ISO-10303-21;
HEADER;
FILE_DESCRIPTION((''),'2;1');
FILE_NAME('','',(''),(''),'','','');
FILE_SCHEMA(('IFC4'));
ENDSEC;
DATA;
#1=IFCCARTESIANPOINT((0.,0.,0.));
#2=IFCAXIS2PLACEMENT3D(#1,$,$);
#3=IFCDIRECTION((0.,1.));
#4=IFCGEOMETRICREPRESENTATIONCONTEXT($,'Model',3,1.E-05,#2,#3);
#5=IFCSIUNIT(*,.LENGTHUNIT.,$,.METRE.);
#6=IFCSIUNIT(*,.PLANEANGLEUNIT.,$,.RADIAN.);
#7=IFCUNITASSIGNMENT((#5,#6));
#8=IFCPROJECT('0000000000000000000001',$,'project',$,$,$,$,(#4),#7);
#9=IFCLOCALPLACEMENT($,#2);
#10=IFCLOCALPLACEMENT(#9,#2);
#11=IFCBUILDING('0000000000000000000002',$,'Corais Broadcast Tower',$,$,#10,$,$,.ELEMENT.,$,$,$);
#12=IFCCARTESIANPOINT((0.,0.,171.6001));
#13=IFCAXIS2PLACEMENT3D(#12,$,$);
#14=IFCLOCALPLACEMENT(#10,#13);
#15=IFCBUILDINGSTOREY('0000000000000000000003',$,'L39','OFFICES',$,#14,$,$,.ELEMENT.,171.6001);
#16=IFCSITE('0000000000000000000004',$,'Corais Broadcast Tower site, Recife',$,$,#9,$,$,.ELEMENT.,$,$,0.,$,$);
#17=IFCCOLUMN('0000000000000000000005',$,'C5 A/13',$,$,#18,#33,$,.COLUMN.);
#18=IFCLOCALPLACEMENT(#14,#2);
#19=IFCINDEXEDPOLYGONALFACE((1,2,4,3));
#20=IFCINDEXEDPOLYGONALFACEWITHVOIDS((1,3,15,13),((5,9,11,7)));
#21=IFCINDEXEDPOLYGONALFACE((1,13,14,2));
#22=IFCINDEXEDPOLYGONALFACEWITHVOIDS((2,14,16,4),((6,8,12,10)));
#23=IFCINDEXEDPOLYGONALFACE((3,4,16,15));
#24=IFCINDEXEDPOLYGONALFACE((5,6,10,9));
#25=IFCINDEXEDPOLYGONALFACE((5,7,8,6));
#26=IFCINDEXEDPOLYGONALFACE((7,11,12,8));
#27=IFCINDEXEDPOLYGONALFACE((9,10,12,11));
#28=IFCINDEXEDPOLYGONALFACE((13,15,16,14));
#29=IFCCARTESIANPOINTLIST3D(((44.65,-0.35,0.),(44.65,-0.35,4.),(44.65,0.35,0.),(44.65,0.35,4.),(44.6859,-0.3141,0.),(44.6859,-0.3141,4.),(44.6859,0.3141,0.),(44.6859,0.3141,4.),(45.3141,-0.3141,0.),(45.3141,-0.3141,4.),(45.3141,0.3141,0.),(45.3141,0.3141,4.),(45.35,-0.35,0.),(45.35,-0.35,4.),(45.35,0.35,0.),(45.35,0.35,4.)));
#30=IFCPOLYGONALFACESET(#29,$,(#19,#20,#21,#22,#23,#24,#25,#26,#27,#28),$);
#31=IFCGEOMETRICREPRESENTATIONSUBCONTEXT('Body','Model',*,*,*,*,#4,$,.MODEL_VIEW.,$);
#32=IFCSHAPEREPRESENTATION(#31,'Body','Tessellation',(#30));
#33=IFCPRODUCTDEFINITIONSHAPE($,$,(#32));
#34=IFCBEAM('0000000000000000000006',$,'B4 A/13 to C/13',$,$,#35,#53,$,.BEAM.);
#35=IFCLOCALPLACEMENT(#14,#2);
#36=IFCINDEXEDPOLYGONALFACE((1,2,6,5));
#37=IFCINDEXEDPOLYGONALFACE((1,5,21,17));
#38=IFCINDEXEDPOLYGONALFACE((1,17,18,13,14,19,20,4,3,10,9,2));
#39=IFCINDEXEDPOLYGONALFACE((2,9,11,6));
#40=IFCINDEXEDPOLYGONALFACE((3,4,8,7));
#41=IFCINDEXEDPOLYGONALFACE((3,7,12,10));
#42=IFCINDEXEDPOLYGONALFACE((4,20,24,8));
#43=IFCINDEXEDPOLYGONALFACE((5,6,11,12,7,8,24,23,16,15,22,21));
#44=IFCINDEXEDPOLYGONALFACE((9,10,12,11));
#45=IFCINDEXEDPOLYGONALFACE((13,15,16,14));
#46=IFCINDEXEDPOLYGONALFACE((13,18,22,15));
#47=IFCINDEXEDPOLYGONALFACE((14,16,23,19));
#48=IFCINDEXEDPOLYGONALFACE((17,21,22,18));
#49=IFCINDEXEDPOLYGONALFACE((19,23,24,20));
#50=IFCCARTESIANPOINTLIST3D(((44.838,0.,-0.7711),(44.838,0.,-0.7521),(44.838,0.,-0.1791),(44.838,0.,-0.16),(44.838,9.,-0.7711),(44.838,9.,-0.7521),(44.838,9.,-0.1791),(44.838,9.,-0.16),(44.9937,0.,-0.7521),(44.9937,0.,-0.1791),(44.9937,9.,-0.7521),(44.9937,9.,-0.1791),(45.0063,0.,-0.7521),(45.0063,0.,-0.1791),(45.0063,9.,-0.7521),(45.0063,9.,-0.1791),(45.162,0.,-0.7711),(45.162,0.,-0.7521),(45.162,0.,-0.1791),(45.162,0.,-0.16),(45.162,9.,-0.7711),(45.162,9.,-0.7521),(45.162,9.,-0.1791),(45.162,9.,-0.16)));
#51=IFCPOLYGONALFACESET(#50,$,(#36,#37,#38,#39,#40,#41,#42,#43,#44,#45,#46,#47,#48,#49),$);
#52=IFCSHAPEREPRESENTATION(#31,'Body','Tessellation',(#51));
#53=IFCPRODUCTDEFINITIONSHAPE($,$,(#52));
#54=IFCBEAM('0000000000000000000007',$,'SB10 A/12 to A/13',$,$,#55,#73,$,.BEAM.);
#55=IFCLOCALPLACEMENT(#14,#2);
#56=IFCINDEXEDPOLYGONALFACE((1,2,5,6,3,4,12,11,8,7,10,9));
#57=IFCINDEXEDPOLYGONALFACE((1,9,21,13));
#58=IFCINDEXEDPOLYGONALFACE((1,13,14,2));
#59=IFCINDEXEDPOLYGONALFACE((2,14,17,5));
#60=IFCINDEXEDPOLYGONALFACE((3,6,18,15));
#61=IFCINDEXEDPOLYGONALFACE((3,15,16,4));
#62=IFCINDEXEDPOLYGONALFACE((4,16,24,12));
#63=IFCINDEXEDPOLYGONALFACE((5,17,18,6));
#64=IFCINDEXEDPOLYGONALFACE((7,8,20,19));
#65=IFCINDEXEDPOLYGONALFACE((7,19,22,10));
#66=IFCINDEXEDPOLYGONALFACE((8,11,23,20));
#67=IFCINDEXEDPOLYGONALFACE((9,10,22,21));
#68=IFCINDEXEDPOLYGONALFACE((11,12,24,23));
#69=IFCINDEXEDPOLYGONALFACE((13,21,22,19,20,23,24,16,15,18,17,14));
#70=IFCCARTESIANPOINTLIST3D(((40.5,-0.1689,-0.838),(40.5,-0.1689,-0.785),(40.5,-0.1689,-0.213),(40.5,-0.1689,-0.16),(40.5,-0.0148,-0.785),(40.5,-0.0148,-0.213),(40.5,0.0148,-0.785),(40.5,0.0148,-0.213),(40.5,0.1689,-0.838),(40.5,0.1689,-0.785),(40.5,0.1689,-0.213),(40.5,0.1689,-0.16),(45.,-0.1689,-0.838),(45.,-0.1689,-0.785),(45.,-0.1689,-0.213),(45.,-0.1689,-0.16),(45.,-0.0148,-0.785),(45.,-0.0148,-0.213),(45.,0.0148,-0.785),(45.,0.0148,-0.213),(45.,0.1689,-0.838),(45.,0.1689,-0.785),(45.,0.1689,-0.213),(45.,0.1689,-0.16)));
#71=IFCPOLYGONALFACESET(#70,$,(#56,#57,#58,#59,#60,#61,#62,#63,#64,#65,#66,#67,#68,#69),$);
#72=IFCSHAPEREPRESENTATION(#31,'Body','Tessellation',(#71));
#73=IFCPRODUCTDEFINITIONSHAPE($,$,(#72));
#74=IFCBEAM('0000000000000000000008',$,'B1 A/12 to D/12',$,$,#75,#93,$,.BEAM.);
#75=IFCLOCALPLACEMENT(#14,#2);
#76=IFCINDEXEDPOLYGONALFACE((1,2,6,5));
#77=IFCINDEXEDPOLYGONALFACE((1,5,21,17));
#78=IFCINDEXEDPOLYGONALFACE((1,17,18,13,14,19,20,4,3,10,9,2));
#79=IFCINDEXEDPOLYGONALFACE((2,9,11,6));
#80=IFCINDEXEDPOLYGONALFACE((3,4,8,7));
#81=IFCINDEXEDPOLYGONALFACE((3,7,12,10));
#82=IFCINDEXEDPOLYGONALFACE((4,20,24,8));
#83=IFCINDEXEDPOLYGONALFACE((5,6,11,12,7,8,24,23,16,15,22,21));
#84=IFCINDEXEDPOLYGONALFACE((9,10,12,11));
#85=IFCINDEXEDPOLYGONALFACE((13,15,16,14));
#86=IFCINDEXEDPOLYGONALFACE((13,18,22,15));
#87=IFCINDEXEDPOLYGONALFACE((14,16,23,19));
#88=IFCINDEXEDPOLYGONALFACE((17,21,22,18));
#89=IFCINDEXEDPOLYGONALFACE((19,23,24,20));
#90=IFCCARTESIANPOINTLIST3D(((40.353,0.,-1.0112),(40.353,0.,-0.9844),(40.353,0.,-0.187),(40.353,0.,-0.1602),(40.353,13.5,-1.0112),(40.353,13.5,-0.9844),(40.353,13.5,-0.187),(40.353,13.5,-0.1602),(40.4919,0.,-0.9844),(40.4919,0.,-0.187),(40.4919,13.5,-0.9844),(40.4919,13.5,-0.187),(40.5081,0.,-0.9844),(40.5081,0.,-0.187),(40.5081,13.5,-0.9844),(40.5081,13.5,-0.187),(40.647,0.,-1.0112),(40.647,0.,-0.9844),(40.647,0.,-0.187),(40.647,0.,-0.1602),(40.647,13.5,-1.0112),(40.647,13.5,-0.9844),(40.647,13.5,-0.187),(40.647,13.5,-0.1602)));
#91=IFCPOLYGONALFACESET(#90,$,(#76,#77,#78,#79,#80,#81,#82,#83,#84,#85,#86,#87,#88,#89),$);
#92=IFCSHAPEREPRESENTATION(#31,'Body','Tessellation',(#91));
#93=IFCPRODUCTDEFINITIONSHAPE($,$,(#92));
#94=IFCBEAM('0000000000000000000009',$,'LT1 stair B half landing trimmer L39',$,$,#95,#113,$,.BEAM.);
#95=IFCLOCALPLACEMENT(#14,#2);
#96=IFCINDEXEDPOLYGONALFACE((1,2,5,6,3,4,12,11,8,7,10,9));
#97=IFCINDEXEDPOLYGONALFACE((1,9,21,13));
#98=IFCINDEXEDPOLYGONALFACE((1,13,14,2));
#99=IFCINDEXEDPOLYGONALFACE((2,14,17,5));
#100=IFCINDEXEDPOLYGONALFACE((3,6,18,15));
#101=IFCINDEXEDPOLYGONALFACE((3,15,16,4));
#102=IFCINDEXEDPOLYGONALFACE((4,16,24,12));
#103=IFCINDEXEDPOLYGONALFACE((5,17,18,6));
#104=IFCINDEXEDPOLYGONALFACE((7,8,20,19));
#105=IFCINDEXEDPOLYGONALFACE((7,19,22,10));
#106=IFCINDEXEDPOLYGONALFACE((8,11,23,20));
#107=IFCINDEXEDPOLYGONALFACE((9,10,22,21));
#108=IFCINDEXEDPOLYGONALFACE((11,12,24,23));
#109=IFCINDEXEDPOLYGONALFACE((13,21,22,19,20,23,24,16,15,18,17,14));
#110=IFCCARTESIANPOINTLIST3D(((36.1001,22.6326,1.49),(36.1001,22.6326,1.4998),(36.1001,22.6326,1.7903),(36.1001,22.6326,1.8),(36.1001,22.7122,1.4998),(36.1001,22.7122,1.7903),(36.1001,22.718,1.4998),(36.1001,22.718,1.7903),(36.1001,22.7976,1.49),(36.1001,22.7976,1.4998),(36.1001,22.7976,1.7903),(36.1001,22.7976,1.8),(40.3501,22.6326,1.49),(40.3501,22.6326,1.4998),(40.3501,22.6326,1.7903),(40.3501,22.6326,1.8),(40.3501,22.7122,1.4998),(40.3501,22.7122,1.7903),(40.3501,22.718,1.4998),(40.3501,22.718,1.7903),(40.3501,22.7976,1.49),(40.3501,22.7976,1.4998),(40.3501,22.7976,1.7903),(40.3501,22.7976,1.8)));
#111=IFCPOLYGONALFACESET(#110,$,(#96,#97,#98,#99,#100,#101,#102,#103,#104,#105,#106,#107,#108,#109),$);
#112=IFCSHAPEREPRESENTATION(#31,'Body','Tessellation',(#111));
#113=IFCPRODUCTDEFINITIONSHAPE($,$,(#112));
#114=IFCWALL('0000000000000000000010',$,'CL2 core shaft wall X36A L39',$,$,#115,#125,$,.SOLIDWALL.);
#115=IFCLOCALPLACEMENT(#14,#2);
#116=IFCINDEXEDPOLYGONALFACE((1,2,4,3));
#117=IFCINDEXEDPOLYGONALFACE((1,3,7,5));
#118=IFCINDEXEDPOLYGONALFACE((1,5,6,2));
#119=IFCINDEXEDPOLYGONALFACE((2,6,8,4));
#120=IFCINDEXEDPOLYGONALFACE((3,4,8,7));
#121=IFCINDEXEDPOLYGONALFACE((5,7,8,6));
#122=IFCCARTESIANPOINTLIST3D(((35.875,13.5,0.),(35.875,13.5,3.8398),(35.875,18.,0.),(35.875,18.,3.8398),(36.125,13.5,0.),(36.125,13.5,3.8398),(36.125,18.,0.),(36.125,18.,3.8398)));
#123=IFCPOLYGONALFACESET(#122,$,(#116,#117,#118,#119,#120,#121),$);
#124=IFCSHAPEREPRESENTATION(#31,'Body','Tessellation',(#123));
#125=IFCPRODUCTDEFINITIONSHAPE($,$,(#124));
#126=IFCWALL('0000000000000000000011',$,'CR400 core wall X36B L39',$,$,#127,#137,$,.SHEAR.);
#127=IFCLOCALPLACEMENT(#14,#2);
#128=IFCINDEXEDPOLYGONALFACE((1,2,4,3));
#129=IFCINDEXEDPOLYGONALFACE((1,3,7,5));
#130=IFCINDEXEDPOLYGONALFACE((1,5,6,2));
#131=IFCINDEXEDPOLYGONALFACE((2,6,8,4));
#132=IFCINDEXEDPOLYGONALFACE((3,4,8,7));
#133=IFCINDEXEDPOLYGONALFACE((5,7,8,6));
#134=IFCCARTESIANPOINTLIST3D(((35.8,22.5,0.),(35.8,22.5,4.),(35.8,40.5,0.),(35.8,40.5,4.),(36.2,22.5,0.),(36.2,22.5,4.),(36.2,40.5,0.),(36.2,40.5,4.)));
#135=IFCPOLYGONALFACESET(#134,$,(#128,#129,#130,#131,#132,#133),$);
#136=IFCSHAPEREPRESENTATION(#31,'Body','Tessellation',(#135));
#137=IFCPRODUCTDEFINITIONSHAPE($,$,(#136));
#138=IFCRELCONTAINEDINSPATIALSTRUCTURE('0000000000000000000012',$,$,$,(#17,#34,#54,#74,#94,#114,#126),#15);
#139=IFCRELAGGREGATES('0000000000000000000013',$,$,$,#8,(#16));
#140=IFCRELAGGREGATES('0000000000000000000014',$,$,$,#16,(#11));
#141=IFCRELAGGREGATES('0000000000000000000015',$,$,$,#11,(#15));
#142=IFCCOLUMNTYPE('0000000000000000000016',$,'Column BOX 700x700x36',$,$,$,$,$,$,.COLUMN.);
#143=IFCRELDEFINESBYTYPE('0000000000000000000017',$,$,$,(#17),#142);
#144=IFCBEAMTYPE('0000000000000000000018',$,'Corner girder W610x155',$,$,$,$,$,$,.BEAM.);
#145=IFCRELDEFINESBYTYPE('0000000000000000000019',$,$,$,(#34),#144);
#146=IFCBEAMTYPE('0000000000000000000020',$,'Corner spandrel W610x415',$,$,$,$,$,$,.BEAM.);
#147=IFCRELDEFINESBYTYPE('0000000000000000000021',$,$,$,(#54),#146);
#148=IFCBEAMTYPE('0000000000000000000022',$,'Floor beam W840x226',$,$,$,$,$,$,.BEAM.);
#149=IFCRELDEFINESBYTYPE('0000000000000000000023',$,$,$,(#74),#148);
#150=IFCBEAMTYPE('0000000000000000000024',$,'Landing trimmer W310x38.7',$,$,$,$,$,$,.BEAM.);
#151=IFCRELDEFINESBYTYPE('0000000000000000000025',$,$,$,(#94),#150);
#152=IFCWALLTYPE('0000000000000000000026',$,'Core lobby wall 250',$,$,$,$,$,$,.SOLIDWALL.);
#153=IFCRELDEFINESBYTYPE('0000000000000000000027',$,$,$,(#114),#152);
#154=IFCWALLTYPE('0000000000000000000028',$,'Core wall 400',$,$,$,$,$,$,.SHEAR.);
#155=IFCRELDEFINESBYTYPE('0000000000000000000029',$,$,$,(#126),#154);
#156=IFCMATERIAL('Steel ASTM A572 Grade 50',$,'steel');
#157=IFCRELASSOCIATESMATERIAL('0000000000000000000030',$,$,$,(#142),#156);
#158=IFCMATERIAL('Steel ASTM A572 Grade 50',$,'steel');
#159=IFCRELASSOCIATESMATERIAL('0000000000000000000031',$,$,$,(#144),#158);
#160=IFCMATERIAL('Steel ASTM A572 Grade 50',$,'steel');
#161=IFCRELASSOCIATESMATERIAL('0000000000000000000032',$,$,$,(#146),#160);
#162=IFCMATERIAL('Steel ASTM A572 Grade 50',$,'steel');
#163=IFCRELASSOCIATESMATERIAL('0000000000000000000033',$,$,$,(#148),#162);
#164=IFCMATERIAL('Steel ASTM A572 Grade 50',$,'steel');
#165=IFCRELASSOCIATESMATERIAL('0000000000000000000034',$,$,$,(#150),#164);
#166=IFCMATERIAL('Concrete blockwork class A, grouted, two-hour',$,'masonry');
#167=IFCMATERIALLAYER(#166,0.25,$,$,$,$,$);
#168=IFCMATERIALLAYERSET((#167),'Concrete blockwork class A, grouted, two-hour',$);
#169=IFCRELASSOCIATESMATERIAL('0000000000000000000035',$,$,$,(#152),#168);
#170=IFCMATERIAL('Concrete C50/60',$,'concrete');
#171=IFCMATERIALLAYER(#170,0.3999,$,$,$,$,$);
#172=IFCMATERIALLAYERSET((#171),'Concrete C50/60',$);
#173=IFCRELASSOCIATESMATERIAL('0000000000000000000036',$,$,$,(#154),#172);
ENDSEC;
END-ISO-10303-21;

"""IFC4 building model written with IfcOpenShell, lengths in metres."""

from ifc_helpers import new_model, si_unit, direction, frame, frame_2d, origin, origin_2d, place, context, subcontext, project, spatial, rectangle, hollow_rectangle, i_section, extrude, material, layer, layer_set, material_profile, profile_set, type_object, element, save


model = new_model("IFC4")

# Units and contexts
model_context = context("Model", 3, precision=1e-05, world=origin(), true_north=direction((0.0, 1.0)))
body_context = subcontext(model_context, "Body", "Model", "MODEL_VIEW")
ifc_project = project(units=[si_unit("LENGTHUNIT", "METRE"), si_unit("PLANEANGLEUNIT", "RADIAN")], contexts=[model_context])

# Site, building, storey
site_placement = place(None, origin())
site = spatial("IfcSite", under=ifc_project, at=site_placement, Name="Corais Broadcast Tower site, Recife", CompositionType="ELEMENT", RefElevation=0.0)
building_placement = place(site_placement, origin())
building = spatial("IfcBuilding", under=site, at=building_placement, Name="Corais Broadcast Tower", CompositionType="ELEMENT")
storey_placement = place(building_placement, frame((0.0, 0.0, 171.6001)))
storey = spatial("IfcBuildingStorey", under=building, at=storey_placement, Name="L39", Description="OFFICES", CompositionType="ELEMENT", Elevation=171.6001)

# Column
ifc_material_1 = material(Name="Steel ASTM A572 Grade 50", Category="steel")
ifc_material_profile_1 = material_profile(ifc_material_1, hollow_rectangle(XDim=0.7, YDim=0.7, WallThickness=0.0359, at=origin_2d()), Name="BOX 700x700x36")
ifc_profile_set_1 = profile_set([ifc_material_profile_1], Name="Steel ASTM A572 Grade 50")
column_type = type_object("IfcColumnType", Name="Column BOX 700x700x36", PredefinedType="COLUMN", material=ifc_profile_set_1)
column_placement = place(storey_placement, frame((45.0, 0.0, 0.0), z_axis=(0.0, 0.0, 1.0), x_axis=(1.0, 0.0, 0.0)))
element("IfcColumn", 1, at=column_placement, inside=storey, type_object=column_type, Name="C5 A/13", PredefinedType="COLUMN", context=body_context, shape_type="SweptSolid", body=[
    extrude(hollow_rectangle(XDim=0.7, YDim=0.7, WallThickness=0.0359, at=origin_2d()), origin(), (0.0, 0.0, 1.0), 4.0),
])

# Beams
ifc_material_2 = material(Name="Steel ASTM A572 Grade 50", Category="steel")
ifc_material_profile_2 = material_profile(ifc_material_2, i_section(OverallWidth=0.324, OverallDepth=0.6111, WebThickness=0.0127, FlangeThickness=0.019, at=origin_2d()), Name="W610x155")
ifc_profile_set_2 = profile_set([ifc_material_profile_2], Name="Steel ASTM A572 Grade 50")
beam_type_1 = type_object("IfcBeamType", Name="Corner girder W610x155", PredefinedType="BEAM", material=ifc_profile_set_2)
beam_1_placement = place(storey_placement, frame((45.0, 0.0, -0.4656), z_axis=(0.0, 1.0, 0.0), x_axis=(-1.0, 0.0, 0.0)))
element("IfcBeam", 2, at=beam_1_placement, inside=storey, type_object=beam_type_1, Name="B4 A/13 to C/13", PredefinedType="BEAM", context=body_context, shape_type="SweptSolid", body=[
    extrude(i_section(OverallWidth=0.324, OverallDepth=0.6111, WebThickness=0.0127, FlangeThickness=0.019, at=origin_2d()), origin(), (0.0, 0.0, 1.0), 9.0),
])
ifc_material_3 = material(Name="Steel ASTM A572 Grade 50", Category="steel")
ifc_material_profile_3 = material_profile(ifc_material_3, i_section(OverallWidth=0.3379, OverallDepth=0.678, WebThickness=0.0295, FlangeThickness=0.053, at=origin_2d()), Name="W610x415")
ifc_profile_set_3 = profile_set([ifc_material_profile_3], Name="Steel ASTM A572 Grade 50")
beam_type_2 = type_object("IfcBeamType", Name="Corner spandrel W610x415", PredefinedType="BEAM", material=ifc_profile_set_3)
beam_2_placement = place(storey_placement, frame((40.5, 0.0, -0.499), z_axis=(1.0, 0.0, 0.0), x_axis=(0.0, 1.0, 0.0)))
element("IfcBeam", 3, at=beam_2_placement, inside=storey, type_object=beam_type_2, Name="SB10 A/12 to A/13", PredefinedType="BEAM", context=body_context, shape_type="SweptSolid", body=[
    extrude(i_section(OverallWidth=0.3379, OverallDepth=0.678, WebThickness=0.0295, FlangeThickness=0.053, at=origin_2d()), origin(), (0.0, 0.0, 1.0), 4.5),
])
ifc_material_4 = material(Name="Steel ASTM A572 Grade 50", Category="steel")
ifc_material_profile_4 = material_profile(ifc_material_4, i_section(OverallWidth=0.2939, OverallDepth=0.8511, WebThickness=0.0161, FlangeThickness=0.0269, at=origin_2d()), Name="W840x226")
ifc_profile_set_4 = profile_set([ifc_material_profile_4], Name="Steel ASTM A572 Grade 50")
beam_type_3 = type_object("IfcBeamType", Name="Floor beam W840x226", PredefinedType="BEAM", material=ifc_profile_set_4)
beam_3_placement = place(storey_placement, frame((40.5, 0.0, -0.5857), z_axis=(0.0, 1.0, 0.0), x_axis=(-1.0, 0.0, 0.0)))
element("IfcBeam", 4, at=beam_3_placement, inside=storey, type_object=beam_type_3, Name="B1 A/12 to D/12", PredefinedType="BEAM", context=body_context, shape_type="SweptSolid", body=[
    extrude(i_section(OverallWidth=0.2939, OverallDepth=0.8511, WebThickness=0.0161, FlangeThickness=0.0269, at=origin_2d()), origin(), (0.0, 0.0, 1.0), 13.5),
])
ifc_material_5 = material(Name="Steel ASTM A572 Grade 50", Category="steel")
ifc_material_profile_5 = material_profile(ifc_material_5, i_section(OverallWidth=0.165, OverallDepth=0.3101, WebThickness=0.0059, FlangeThickness=0.0098, at=origin_2d()), Name="W310x38.7")
ifc_profile_set_5 = profile_set([ifc_material_profile_5], Name="Steel ASTM A572 Grade 50")
beam_type_4 = type_object("IfcBeamType", Name="Landing trimmer W310x38.7", PredefinedType="BEAM", material=ifc_profile_set_5)
beam_4_placement = place(storey_placement, frame((36.1001, 22.7151, 1.645), z_axis=(1.0, 0.0, 0.0), x_axis=(0.0, 1.0, 0.0)))
element("IfcBeam", 5, at=beam_4_placement, inside=storey, type_object=beam_type_4, Name="LT1 stair B half landing trimmer L39", PredefinedType="BEAM", context=body_context, shape_type="SweptSolid", body=[
    extrude(i_section(OverallWidth=0.165, OverallDepth=0.3101, WebThickness=0.0059, FlangeThickness=0.0098, at=origin_2d()), origin(), (0.0, 0.0, 1.0), 4.25),
])

# Walls
ifc_material_6 = material(Name="Concrete blockwork class A, grouted, two-hour", Category="masonry")
ifc_layer_1 = layer(ifc_material_6, 0.25)
ifc_layer_set_1 = layer_set([ifc_layer_1], Name="Concrete blockwork class A, grouted, two-hour")
wall_type_1 = type_object("IfcWallType", Name="Core lobby wall 250", PredefinedType="SOLIDWALL", material=ifc_layer_set_1)
wall_1_placement = place(storey_placement, frame((36.0, 13.5, 0.0), z_axis=(0.0, 0.0, 1.0), x_axis=(0.0, 1.0, 0.0)))
element("IfcWall", 6, at=wall_1_placement, inside=storey, type_object=wall_type_1, Name="CL2 core shaft wall X36A L39", PredefinedType="SOLIDWALL", context=body_context, shape_type="SweptSolid", body=[
    extrude(rectangle(XDim=4.5, YDim=0.25, at=frame_2d((2.25, 0.0))), origin(), (0.0, 0.0, 1.0), 3.8398),
])
ifc_material_7 = material(Name="Concrete C50/60", Category="concrete")
ifc_layer_2 = layer(ifc_material_7, 0.3999)
ifc_layer_set_2 = layer_set([ifc_layer_2], Name="Concrete C50/60")
wall_type_2 = type_object("IfcWallType", Name="Core wall 400", PredefinedType="SHEAR", material=ifc_layer_set_2)
wall_2_placement = place(storey_placement, frame((36.0, 22.5, 0.0), z_axis=(0.0, 0.0, 1.0), x_axis=(0.0, 1.0, 0.0)))
element("IfcWall", 7, at=wall_2_placement, inside=storey, type_object=wall_type_2, Name="CR400 core wall X36B L39", PredefinedType="SHEAR", context=body_context, shape_type="SweptSolid", body=[
    extrude(rectangle(XDim=18.0, YDim=0.3999, at=frame_2d((9.0, 0.0))), origin(), (0.0, 0.0, 1.0), 4.0),
])

save(model, "model.ifc")
